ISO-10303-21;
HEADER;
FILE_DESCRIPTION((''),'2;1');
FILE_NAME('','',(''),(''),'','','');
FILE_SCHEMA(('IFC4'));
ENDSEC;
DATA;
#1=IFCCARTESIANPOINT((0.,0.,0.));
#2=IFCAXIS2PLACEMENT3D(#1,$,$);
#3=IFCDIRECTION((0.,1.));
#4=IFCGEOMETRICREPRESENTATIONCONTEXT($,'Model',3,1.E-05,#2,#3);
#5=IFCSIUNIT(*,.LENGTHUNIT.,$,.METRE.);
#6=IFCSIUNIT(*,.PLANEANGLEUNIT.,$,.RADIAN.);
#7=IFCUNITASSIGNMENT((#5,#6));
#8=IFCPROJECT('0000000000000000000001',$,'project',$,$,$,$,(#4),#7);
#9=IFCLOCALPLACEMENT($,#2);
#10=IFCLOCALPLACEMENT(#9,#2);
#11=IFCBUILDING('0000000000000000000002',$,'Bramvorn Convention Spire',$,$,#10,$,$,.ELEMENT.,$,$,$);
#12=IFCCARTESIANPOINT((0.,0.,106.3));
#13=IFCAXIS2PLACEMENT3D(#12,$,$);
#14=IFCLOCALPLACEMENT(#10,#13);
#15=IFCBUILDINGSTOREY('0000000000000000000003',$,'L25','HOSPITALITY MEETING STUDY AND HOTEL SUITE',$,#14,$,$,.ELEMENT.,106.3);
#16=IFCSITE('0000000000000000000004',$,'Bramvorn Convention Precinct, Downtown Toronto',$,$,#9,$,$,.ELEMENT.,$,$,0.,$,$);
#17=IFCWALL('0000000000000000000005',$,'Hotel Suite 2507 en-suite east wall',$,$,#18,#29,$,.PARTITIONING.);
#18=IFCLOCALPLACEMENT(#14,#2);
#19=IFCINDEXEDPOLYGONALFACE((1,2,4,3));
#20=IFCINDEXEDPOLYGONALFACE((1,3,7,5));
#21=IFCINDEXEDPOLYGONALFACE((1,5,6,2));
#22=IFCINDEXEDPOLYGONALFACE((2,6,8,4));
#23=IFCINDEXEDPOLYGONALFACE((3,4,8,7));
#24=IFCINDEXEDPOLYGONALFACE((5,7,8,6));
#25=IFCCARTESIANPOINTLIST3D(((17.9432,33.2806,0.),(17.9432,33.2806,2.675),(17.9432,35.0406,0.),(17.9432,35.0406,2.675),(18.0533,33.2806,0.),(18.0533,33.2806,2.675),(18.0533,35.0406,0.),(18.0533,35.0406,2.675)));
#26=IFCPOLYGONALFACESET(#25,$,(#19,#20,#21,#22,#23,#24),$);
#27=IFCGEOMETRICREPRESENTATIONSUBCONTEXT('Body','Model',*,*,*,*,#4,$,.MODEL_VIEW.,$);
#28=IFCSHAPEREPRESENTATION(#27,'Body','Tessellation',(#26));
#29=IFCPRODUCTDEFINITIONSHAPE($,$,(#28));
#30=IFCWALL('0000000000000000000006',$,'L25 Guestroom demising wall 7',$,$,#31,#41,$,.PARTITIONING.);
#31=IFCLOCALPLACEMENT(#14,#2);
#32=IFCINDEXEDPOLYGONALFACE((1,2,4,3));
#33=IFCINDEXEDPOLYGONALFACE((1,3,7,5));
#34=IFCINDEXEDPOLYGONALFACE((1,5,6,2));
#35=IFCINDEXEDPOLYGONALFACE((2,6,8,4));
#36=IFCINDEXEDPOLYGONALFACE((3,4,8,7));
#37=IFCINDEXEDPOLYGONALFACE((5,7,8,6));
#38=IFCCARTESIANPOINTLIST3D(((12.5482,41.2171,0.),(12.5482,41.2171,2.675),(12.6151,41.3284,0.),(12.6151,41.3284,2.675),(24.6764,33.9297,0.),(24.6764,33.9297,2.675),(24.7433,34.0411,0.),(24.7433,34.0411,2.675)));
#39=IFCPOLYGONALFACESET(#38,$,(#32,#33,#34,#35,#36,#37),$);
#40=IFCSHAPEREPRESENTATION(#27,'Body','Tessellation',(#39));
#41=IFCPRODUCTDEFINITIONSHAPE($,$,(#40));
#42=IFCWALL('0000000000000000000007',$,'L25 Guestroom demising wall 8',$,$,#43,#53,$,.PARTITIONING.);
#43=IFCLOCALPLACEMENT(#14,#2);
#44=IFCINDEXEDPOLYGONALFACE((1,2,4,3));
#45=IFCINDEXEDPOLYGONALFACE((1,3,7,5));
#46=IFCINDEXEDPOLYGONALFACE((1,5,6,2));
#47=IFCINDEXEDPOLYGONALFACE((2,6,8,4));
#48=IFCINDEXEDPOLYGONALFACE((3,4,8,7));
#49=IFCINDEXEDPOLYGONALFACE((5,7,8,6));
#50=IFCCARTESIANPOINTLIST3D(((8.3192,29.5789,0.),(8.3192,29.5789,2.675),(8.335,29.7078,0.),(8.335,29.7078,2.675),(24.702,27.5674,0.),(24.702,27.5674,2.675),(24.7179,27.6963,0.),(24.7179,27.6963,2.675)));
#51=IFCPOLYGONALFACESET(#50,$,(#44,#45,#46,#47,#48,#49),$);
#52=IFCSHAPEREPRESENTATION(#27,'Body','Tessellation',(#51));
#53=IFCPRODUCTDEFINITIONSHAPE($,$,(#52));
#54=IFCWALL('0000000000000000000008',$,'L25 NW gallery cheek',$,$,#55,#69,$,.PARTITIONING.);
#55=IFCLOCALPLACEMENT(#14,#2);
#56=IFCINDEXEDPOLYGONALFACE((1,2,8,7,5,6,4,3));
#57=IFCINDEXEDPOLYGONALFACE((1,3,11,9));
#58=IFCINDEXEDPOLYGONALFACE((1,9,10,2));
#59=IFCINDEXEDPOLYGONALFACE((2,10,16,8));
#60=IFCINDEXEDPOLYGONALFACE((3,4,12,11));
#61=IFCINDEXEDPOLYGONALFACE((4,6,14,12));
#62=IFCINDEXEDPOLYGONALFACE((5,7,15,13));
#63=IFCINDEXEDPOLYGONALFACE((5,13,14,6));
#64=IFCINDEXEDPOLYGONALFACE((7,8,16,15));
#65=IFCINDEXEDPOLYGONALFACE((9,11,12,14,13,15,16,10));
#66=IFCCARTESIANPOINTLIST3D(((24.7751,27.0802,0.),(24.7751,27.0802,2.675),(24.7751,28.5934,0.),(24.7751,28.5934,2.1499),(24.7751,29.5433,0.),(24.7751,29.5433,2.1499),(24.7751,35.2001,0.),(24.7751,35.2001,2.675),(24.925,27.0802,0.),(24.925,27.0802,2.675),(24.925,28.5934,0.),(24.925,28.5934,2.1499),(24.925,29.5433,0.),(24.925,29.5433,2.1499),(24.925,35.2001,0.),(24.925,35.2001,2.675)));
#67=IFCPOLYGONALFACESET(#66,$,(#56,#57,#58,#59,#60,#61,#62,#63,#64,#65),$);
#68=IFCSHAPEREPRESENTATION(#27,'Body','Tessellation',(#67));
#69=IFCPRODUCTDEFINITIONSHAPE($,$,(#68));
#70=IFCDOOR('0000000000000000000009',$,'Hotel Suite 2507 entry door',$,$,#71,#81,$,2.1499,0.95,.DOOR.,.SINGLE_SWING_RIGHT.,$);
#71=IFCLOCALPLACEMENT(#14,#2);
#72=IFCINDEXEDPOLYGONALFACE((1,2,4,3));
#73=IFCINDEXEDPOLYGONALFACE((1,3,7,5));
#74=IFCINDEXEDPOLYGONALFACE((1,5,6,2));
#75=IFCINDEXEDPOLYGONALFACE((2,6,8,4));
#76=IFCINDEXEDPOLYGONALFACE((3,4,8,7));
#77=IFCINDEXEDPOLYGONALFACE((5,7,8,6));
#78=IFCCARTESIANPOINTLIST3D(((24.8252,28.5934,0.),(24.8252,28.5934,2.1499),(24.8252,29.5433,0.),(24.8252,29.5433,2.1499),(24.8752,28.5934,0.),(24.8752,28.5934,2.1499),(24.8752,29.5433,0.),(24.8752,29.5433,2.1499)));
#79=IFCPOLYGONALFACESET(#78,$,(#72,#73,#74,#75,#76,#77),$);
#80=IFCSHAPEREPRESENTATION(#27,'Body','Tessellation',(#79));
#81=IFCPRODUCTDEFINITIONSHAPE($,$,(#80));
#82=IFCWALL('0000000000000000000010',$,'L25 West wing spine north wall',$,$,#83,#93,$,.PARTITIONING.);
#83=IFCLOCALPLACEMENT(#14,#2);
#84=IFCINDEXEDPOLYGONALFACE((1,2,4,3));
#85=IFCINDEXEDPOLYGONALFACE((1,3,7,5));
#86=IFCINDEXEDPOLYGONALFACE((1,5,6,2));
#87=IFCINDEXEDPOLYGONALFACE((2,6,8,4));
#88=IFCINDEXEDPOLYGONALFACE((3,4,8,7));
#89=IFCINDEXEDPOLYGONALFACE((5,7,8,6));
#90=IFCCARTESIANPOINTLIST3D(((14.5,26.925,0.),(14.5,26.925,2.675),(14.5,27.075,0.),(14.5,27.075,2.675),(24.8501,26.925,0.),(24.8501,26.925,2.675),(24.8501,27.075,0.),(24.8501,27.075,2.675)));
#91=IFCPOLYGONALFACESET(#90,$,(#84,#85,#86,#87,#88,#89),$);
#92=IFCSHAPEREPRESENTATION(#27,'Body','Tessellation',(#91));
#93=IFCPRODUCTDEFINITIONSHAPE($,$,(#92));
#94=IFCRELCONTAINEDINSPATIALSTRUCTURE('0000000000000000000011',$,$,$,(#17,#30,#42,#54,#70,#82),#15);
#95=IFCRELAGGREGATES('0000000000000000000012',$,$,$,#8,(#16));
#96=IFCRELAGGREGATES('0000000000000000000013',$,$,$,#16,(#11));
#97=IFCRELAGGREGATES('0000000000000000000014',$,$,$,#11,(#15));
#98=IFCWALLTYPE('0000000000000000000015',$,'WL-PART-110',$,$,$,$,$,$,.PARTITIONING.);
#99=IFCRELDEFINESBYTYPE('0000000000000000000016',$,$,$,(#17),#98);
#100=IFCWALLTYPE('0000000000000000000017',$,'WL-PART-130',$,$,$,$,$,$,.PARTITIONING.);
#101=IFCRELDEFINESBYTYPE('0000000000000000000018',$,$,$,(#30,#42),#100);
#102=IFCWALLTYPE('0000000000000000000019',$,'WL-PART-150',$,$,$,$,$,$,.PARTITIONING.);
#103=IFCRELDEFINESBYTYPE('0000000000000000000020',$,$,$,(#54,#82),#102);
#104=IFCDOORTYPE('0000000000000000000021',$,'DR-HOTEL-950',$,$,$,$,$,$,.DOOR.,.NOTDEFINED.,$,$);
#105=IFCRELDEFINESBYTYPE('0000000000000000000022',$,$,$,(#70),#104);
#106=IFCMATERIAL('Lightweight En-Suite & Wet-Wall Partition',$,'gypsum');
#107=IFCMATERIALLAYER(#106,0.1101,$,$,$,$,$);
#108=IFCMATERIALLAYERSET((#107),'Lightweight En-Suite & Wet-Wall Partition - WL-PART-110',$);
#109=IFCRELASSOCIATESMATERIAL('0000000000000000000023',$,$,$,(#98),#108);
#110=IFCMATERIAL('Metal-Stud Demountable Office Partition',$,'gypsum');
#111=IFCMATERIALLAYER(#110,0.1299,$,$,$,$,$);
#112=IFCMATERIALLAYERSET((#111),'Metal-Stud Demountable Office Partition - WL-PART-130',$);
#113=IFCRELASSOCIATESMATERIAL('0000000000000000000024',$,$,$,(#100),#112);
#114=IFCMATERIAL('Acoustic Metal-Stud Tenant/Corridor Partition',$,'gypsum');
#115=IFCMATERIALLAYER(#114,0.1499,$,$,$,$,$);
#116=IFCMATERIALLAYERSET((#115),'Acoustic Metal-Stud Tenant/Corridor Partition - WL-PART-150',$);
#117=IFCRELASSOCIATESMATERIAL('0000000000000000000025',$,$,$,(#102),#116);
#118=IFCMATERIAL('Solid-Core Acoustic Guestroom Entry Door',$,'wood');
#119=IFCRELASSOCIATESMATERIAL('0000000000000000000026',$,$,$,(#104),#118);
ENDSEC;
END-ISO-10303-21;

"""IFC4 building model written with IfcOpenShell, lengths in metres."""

from ifc_helpers import new_model, si_unit, direction, frame, frame_2d, origin, place, context, subcontext, project, spatial, rectangle, extrude, material, layer, layer_set, type_object, element, fill, save


model = new_model("IFC4")

# Units and contexts
model_context = context("Model", 3, precision=1e-05, world=origin(), true_north=direction((0.0, 1.0)))
body_context = subcontext(model_context, "Body", "Model", "MODEL_VIEW")
ifc_project = project(units=[si_unit("LENGTHUNIT", "METRE"), si_unit("PLANEANGLEUNIT", "RADIAN")], contexts=[model_context])

# Site, building, storey
site_placement = place(None, origin())
site = spatial("IfcSite", under=ifc_project, at=site_placement, Name="Bramvorn Convention Precinct, Downtown Toronto", CompositionType="ELEMENT", RefElevation=0.0)
building_placement = place(site_placement, origin())
building = spatial("IfcBuilding", under=site, at=building_placement, Name="Bramvorn Convention Spire", CompositionType="ELEMENT")
storey_placement = place(building_placement, frame((0.0, 0.0, 106.3)))
storey = spatial("IfcBuildingStorey", under=building, at=storey_placement, Name="L25", Description="HOSPITALITY MEETING STUDY AND HOTEL SUITE", CompositionType="ELEMENT", Elevation=106.3)

# Shared definitions
ifc_material_1 = material(Name="Lightweight En-Suite & Wet-Wall Partition", Category="gypsum")
ifc_layer_1 = layer(ifc_material_1, 0.1101)
ifc_layer_set_1 = layer_set([ifc_layer_1], Name="Lightweight En-Suite & Wet-Wall Partition - WL-PART-110")
wall_type_1 = type_object("IfcWallType", Name="WL-PART-110", PredefinedType="PARTITIONING", material=ifc_layer_set_1)

# Walls
for number, where, z_axis, x_axis, name in (
    (1, (17.9983, 33.2808, 0.0), (0.0, 0.0, 1.0), (0.0, 1.0, 0.0), "Hotel Suite 2507 en-suite east wall"),
):
    element("IfcWall", number, at=place(storey_placement, frame(where, z_axis=z_axis, x_axis=x_axis)), inside=storey, type_object=wall_type_1, Name=name, PredefinedType="PARTITIONING", context=body_context, shape_type="SweptSolid", body=[
        extrude(rectangle(XDim=1.76, YDim=0.1101, at=frame_2d((0.8799, 0.0))), origin(), (0.0, 0.0, 1.0), 2.675),
    ])
ifc_material_2 = material(Name="Metal-Stud Demountable Office Partition", Category="gypsum")
ifc_layer_2 = layer(ifc_material_2, 0.1299)
ifc_layer_set_2 = layer_set([ifc_layer_2], Name="Metal-Stud Demountable Office Partition - WL-PART-130")
wall_type_2 = type_object("IfcWallType", Name="WL-PART-130", PredefinedType="PARTITIONING", material=ifc_layer_set_2)
wall_1_placement = place(storey_placement, frame((24.71, 33.9854, 0.0), z_axis=(0.0, 0.0, 1.0), x_axis=(-0.857167, 0.515039, 0.0)))
element("IfcWall", 2, at=wall_1_placement, inside=storey, type_object=wall_type_2, Name="L25 Guestroom demising wall 7", PredefinedType="PARTITIONING", context=body_context, shape_type="SweptSolid", body=[
    extrude(rectangle(XDim=14.1492, YDim=0.1299, at=frame_2d((7.0747, 0.0))), origin(), (0.0, 0.0, 1.0), 2.675),
])
wall_2_placement = place(storey_placement, frame((24.71, 27.6318, 0.0), z_axis=(0.0, 0.0, 1.0), x_axis=(-0.992547, 0.121864, 0.0)))
element("IfcWall", 3, at=wall_2_placement, inside=storey, type_object=wall_type_2, Name="L25 Guestroom demising wall 8", PredefinedType="PARTITIONING", context=body_context, shape_type="SweptSolid", body=[
    extrude(rectangle(XDim=16.5059, YDim=0.1299, at=frame_2d((8.2529, 0.0))), origin(), (0.0, 0.0, 1.0), 2.675),
])

# Shared definitions
ifc_material_3 = material(Name="Acoustic Metal-Stud Tenant/Corridor Partition", Category="gypsum")
ifc_layer_3 = layer(ifc_material_3, 0.1499)
ifc_layer_set_3 = layer_set([ifc_layer_3], Name="Acoustic Metal-Stud Tenant/Corridor Partition - WL-PART-150")
wall_type_3 = type_object("IfcWallType", Name="WL-PART-150", PredefinedType="PARTITIONING", material=ifc_layer_set_3)
ifc_material_4 = material(Name="Solid-Core Acoustic Guestroom Entry Door", Category="wood")
door_type_1 = type_object("IfcDoorType", Name="DR-HOTEL-950", OperationType="NOTDEFINED", PredefinedType="DOOR", material=ifc_material_4)

# Wall, opening, door
wall_3_placement = place(storey_placement, frame((24.8501, 27.0801, 0.0), z_axis=(0.0, 0.0, 1.0), x_axis=(0.0, 1.0, 0.0)))
wall_3 = element("IfcWall", 4, at=wall_3_placement, inside=storey, type_object=wall_type_3, Name="L25 NW gallery cheek", PredefinedType="PARTITIONING", context=body_context, shape_type="SweptSolid", body=[
    extrude(rectangle(XDim=8.1199, YDim=0.1499, at=frame_2d((4.0601, 0.0))), origin(), (0.0, 0.0, 1.0), 2.675),
])
opening_1_placement = place(wall_3_placement, frame((1.5132, 0.0, 0.0)))
opening_1 = element("IfcOpeningElement", 5, at=opening_1_placement, cuts=wall_3, PredefinedType="OPENING", context=body_context, shape_type="SweptSolid", body=[
    extrude(rectangle(XDim=0.95, YDim=2.1499, at=frame_2d((0.4751, 1.075))), frame((0.0, 0.085, 0.0), z_axis=(0.0, -1.0, 0.0), x_axis=(1.0, 0.0, 0.0)), (0.0, 0.0, 1.0), 0.1699),
])
door_1_placement = place(opening_1_placement, origin())
door_1 = element("IfcDoor", 6, at=door_1_placement, inside=storey, type_object=door_type_1, Name="Hotel Suite 2507 entry door", OperationType="SINGLE_SWING_RIGHT", OverallHeight=2.1499, OverallWidth=0.95, PredefinedType="DOOR", context=body_context, shape_type="SweptSolid", body=[
    extrude(rectangle(XDim=0.95, YDim=2.1499, at=frame_2d((0.4751, 1.075))), frame((0.0, 0.0249, 0.0), z_axis=(0.0, -1.0, 0.0), x_axis=(1.0, 0.0, 0.0)), (0.0, 0.0, 1.0), 0.05),
])
fill(opening_1, door_1)

# Wall
wall_4_placement = place(storey_placement, frame((14.5, 27.0, 0.0), z_axis=(0.0, 0.0, 1.0), x_axis=(1.0, 0.0, 0.0)))
element("IfcWall", 7, at=wall_4_placement, inside=storey, type_object=wall_type_3, Name="L25 West wing spine north wall", PredefinedType="PARTITIONING", context=body_context, shape_type="SweptSolid", body=[
    extrude(rectangle(XDim=10.3501, YDim=0.1499, at=frame_2d((5.175, 0.0))), origin(), (0.0, 0.0, 1.0), 2.675),
])

save(model, "model.ifc")
